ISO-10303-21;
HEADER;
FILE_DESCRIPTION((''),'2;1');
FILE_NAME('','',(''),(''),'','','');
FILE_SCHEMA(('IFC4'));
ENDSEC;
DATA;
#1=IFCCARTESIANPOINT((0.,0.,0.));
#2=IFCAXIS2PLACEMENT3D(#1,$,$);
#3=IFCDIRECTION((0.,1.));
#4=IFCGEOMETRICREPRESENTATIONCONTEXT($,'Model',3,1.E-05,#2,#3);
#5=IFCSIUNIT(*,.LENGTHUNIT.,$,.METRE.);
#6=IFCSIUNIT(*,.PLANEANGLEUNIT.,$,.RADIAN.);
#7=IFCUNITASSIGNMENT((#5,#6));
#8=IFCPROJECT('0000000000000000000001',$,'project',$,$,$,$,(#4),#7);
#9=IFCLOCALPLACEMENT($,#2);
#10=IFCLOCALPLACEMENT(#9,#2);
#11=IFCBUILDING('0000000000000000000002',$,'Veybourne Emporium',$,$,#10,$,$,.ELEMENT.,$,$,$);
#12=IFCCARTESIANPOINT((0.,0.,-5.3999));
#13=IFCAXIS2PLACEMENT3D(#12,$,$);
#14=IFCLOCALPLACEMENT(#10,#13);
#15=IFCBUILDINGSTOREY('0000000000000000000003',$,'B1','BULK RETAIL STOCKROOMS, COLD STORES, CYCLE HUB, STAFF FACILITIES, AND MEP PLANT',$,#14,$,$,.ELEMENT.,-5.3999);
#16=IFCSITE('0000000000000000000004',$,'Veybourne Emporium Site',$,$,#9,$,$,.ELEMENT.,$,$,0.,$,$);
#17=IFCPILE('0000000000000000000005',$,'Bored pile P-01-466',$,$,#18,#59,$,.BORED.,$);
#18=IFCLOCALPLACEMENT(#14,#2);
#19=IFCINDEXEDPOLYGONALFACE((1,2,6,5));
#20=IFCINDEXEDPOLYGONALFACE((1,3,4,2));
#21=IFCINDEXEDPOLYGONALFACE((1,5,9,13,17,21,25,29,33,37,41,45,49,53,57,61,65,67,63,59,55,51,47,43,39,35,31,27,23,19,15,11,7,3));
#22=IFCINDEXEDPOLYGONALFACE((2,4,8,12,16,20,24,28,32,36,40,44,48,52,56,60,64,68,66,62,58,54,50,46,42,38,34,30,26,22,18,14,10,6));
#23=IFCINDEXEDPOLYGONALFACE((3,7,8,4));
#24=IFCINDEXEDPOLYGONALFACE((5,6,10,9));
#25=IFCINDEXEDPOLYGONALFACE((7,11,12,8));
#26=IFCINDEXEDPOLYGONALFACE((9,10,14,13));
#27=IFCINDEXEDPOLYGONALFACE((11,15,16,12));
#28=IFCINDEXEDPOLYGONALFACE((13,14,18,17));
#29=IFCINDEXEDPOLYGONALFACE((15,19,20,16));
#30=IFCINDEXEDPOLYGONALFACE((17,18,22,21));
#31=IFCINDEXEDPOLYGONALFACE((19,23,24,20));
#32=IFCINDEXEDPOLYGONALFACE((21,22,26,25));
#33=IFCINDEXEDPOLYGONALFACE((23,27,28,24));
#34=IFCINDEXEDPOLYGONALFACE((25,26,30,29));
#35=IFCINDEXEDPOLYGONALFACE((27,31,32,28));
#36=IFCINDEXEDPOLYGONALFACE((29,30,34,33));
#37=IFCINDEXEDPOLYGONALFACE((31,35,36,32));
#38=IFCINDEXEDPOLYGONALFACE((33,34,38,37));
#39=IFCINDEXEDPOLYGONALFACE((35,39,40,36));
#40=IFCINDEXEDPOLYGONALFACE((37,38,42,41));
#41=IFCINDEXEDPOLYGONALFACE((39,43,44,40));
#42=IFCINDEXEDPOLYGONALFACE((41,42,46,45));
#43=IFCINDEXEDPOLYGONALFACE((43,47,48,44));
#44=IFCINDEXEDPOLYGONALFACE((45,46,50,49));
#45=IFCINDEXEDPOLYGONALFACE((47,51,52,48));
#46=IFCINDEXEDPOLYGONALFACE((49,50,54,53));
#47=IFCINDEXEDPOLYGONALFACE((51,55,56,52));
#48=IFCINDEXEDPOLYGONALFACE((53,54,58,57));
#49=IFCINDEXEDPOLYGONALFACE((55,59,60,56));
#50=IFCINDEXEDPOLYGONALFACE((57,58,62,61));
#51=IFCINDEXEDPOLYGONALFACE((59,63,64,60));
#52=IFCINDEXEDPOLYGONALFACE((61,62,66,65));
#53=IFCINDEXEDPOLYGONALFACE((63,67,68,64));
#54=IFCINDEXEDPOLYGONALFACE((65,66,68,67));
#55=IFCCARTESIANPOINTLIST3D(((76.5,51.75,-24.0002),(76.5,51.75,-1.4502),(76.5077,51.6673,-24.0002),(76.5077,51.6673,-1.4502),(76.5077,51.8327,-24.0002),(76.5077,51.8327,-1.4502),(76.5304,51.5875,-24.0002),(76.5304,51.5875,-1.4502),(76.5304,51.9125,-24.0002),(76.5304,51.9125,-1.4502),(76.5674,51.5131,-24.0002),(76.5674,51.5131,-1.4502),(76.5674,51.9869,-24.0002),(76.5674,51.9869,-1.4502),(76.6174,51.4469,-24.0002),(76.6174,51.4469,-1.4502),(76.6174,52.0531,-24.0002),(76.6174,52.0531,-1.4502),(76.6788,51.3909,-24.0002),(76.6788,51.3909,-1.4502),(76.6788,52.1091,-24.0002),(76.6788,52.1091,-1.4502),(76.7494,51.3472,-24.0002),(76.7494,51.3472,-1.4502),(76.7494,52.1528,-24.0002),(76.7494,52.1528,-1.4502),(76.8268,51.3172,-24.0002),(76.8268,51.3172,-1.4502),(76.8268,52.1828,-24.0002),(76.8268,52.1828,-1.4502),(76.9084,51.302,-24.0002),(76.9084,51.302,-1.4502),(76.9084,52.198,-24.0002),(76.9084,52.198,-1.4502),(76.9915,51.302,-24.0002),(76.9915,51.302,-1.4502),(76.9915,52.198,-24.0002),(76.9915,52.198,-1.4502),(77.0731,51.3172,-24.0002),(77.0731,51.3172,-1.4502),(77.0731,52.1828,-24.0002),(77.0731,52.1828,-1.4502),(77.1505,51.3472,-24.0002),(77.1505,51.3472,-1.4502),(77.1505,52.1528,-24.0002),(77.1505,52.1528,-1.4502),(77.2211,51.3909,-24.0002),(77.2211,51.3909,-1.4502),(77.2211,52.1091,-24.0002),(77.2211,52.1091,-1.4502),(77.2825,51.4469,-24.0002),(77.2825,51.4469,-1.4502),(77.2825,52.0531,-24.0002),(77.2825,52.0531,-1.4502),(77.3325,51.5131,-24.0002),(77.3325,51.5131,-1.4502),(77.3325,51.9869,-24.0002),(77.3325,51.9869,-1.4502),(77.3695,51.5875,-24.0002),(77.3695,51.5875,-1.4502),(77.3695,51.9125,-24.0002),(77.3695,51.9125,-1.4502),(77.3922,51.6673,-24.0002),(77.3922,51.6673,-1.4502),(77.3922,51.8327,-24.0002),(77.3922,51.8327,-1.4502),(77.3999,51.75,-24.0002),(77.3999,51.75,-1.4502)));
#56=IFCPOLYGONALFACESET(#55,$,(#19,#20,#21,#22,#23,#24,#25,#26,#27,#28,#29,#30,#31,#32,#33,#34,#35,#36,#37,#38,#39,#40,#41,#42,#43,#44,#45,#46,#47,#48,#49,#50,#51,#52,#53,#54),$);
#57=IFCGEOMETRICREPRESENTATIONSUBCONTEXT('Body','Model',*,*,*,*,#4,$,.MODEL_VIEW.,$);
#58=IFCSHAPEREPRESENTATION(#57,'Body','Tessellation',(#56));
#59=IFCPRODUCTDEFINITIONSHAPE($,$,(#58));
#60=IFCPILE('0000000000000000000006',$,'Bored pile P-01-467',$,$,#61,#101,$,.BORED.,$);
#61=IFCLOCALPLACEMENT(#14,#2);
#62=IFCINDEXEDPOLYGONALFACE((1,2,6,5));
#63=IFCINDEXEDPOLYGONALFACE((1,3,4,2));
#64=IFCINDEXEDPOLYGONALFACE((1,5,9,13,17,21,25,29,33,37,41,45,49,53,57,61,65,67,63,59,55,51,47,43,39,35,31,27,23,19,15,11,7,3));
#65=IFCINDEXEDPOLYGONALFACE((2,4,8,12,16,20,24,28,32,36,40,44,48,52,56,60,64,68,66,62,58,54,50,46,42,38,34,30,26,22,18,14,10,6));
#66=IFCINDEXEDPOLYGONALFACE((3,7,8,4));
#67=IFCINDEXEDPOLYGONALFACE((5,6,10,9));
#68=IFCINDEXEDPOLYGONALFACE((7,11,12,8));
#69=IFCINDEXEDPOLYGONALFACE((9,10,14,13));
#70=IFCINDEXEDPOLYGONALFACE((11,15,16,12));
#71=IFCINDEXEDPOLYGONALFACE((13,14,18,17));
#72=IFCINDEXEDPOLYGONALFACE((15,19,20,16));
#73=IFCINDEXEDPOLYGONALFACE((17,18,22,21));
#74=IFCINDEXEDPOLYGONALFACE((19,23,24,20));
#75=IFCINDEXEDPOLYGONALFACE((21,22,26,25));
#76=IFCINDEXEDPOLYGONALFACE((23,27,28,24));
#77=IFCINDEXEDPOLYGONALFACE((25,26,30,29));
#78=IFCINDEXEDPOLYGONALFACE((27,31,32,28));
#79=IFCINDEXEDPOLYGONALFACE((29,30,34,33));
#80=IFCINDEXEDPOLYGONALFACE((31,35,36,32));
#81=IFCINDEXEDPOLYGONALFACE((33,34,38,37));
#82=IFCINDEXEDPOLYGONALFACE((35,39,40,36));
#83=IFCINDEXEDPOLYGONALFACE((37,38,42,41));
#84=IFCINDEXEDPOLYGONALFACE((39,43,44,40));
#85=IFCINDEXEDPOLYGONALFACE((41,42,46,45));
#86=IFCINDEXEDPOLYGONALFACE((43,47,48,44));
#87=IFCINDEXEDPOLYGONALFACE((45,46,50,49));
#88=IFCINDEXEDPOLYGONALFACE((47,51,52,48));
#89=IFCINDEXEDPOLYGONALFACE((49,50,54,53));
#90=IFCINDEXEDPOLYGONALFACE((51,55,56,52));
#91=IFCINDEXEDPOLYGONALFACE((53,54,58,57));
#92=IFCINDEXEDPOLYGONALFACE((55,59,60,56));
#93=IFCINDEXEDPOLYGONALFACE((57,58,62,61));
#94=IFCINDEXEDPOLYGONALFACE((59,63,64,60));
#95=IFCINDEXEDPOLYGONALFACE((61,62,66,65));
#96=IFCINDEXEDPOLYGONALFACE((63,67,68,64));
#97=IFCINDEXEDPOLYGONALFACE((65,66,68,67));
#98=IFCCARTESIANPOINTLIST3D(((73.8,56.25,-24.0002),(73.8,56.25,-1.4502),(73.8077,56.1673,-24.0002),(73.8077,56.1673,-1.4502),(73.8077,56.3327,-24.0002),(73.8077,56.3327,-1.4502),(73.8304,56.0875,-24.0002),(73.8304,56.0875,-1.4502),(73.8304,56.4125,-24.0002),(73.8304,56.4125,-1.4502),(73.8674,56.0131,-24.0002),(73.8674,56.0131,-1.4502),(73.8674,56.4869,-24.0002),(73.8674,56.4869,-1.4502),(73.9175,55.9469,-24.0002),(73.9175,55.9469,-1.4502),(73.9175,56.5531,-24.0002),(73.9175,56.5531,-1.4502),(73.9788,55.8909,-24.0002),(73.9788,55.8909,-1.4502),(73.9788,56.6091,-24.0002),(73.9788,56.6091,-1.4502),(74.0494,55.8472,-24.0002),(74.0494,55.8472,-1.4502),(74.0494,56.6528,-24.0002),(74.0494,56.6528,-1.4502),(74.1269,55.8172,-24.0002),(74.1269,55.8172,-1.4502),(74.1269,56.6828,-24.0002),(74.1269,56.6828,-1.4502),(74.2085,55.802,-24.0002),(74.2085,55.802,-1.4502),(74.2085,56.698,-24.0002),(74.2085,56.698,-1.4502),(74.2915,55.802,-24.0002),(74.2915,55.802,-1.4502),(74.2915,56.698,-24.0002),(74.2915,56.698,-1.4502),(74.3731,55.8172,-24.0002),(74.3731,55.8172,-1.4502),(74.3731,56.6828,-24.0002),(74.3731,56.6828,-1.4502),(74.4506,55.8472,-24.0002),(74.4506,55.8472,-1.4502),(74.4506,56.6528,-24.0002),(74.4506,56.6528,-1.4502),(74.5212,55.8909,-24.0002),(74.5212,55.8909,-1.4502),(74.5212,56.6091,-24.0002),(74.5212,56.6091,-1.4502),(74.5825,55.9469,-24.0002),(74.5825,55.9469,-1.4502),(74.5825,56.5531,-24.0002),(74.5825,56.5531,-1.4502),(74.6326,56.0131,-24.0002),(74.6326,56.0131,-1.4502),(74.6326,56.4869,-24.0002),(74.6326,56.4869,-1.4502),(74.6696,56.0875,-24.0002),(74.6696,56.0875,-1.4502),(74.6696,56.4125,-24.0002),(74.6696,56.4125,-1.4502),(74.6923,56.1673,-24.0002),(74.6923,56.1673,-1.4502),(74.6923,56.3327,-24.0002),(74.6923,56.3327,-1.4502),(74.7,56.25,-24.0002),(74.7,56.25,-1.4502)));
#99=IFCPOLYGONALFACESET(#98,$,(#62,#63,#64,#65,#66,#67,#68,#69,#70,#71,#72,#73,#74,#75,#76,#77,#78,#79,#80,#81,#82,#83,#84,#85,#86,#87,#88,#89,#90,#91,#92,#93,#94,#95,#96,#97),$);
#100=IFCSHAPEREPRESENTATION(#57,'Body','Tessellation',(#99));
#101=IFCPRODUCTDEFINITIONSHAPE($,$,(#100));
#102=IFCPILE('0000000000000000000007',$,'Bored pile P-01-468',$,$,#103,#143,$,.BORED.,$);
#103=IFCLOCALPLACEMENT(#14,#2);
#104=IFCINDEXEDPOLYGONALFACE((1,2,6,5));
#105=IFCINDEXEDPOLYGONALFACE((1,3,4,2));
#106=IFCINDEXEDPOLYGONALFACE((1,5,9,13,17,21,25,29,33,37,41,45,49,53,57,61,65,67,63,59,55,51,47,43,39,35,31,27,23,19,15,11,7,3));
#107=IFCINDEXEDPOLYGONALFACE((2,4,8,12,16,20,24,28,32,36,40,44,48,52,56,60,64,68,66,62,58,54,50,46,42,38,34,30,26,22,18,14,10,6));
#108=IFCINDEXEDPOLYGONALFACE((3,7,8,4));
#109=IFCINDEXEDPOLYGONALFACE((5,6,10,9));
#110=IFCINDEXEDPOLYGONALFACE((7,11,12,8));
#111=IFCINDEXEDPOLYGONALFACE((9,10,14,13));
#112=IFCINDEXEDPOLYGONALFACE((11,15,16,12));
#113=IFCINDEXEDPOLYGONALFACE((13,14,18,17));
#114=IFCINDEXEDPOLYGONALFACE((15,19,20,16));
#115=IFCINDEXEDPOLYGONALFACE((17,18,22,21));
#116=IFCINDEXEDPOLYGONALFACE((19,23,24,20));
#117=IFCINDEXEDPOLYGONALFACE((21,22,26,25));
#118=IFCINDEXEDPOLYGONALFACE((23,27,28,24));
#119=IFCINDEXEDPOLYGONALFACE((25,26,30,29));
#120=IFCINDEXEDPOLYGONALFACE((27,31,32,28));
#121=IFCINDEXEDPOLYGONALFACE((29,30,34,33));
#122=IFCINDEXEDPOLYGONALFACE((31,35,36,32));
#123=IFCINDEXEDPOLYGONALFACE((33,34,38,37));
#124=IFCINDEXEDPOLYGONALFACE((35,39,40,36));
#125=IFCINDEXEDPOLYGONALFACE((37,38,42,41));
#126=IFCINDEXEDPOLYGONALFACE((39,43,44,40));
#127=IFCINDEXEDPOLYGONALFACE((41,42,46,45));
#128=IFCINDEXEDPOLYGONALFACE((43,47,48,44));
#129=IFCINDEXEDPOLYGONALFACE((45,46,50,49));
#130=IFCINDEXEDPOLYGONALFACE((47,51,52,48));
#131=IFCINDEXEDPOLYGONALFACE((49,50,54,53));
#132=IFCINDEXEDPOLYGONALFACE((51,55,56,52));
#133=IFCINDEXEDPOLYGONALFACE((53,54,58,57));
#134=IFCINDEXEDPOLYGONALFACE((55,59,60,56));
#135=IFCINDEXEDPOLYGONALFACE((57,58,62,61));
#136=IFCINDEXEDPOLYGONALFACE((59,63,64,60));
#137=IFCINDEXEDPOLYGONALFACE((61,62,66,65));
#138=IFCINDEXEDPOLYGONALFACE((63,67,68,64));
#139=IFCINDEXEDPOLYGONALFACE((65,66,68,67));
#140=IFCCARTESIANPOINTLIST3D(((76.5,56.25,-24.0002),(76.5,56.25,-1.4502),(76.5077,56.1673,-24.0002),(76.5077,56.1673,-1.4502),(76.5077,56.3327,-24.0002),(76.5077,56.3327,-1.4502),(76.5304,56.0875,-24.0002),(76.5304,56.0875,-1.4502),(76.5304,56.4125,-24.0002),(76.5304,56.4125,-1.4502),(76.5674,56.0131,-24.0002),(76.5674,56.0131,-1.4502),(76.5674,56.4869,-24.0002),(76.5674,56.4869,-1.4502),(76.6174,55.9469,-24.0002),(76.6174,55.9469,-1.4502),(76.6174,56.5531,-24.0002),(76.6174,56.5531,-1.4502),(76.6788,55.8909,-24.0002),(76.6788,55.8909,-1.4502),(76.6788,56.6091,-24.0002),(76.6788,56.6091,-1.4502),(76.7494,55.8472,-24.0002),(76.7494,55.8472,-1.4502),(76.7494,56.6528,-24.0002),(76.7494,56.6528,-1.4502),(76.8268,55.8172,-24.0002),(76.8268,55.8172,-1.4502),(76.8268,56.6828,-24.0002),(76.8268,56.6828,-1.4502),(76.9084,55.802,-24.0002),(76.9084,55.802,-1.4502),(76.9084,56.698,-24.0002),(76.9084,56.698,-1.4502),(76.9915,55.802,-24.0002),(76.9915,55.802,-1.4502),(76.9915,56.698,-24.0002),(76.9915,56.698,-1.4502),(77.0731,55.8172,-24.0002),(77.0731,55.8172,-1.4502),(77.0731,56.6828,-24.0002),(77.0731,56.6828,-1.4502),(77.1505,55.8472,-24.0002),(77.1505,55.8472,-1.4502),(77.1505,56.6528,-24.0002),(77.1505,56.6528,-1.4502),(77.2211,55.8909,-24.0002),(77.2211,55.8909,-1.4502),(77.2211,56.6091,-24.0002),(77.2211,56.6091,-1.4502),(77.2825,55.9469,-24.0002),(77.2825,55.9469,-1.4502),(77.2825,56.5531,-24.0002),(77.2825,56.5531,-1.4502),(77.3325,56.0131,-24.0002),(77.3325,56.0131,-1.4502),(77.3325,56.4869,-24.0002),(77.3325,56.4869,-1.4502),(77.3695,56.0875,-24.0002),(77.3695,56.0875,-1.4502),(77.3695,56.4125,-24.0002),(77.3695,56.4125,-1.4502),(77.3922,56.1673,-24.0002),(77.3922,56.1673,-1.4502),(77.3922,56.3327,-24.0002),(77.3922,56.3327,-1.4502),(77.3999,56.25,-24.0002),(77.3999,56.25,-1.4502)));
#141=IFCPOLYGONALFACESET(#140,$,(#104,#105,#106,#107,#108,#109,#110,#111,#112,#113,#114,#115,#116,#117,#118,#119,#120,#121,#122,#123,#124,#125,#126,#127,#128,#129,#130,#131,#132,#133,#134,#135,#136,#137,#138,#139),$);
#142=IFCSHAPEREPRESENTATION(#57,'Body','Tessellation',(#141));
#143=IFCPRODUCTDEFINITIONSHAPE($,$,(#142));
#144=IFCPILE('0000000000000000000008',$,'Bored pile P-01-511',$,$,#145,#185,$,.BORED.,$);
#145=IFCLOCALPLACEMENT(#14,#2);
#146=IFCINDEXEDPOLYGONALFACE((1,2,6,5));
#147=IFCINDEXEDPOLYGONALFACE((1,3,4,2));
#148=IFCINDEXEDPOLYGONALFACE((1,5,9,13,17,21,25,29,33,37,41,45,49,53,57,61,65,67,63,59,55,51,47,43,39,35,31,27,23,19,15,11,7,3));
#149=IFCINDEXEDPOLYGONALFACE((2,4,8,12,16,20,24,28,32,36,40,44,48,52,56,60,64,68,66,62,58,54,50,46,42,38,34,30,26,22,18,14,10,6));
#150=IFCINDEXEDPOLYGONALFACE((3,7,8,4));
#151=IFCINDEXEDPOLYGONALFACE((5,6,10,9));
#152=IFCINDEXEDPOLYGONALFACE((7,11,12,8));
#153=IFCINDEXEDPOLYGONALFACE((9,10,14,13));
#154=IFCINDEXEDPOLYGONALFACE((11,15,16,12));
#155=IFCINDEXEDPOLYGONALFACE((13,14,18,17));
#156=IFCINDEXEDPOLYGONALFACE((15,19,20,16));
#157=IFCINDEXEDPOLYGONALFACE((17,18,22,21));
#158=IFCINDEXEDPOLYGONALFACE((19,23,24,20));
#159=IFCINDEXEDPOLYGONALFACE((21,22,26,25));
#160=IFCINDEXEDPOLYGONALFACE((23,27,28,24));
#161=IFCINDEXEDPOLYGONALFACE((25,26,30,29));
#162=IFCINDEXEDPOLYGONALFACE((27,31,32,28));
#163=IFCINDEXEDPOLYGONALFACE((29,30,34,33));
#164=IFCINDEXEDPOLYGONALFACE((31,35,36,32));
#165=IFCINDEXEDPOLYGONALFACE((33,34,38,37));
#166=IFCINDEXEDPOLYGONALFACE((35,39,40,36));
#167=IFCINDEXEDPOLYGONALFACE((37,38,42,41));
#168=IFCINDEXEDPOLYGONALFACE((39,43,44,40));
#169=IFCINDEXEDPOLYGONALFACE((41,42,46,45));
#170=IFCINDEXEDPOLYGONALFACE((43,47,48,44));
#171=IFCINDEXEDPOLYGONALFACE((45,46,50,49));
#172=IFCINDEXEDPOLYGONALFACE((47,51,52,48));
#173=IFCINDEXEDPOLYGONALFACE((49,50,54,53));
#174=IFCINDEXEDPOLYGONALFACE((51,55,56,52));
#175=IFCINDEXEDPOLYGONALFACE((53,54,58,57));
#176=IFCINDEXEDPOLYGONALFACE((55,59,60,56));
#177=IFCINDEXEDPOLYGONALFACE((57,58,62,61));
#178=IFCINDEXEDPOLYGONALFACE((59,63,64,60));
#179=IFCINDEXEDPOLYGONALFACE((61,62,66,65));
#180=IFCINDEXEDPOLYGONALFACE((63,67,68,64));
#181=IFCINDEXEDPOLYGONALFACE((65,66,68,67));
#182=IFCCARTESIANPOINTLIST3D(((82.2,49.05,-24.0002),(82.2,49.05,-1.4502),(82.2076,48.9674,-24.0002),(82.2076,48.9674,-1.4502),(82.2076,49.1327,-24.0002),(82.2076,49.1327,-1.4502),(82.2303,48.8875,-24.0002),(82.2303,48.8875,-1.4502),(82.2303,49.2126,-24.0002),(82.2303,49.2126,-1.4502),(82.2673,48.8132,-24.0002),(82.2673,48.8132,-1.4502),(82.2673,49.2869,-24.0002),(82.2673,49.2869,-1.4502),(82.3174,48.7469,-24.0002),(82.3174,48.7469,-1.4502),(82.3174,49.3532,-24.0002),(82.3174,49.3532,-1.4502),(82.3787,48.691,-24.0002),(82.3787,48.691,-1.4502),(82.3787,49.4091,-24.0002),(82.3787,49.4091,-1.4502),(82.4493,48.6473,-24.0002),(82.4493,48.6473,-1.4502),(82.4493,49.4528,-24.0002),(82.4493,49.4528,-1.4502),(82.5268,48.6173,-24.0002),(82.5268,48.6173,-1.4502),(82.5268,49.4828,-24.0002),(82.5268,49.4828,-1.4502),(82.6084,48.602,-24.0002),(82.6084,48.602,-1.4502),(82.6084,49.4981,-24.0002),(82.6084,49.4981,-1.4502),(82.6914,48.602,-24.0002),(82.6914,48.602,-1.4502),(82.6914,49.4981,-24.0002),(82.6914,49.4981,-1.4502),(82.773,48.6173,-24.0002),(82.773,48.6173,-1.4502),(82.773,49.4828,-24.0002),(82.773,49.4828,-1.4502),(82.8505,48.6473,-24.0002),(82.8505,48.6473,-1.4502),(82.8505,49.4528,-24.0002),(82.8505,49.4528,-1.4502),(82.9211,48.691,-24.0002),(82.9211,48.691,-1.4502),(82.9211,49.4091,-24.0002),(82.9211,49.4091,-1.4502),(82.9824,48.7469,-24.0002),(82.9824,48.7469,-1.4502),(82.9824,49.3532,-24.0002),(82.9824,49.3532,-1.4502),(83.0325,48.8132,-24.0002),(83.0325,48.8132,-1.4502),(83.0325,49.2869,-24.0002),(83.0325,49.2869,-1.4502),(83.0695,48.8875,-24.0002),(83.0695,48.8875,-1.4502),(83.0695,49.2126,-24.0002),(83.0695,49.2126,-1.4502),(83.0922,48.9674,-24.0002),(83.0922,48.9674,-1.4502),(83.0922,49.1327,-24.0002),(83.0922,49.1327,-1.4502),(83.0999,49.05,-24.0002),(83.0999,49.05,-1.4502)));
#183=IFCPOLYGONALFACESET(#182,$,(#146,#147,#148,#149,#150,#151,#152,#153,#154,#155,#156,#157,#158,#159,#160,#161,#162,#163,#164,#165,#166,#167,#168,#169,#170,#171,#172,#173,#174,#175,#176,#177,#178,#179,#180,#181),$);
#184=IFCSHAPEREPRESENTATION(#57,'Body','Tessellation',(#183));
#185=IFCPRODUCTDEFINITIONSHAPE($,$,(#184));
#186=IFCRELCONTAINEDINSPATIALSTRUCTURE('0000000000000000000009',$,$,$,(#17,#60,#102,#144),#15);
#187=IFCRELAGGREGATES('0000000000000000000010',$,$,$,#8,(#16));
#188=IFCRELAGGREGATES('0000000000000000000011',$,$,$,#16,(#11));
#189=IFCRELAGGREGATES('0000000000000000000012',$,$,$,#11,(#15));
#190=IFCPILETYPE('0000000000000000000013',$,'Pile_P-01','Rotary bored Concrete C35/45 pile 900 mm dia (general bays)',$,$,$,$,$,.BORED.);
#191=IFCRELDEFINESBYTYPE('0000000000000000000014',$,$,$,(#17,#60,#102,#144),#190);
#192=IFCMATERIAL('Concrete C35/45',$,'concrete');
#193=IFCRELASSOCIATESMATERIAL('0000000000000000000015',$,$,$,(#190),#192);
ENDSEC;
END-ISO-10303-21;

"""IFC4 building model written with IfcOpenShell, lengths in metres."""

from ifc_helpers import new_model, si_unit, direction, frame, origin, origin_2d, place, context, subcontext, project, spatial, circle, extrude, material, material_profile, profile_set, type_object, element, save


model = new_model("IFC4")

# Units and contexts
model_context = context("Model", 3, precision=1e-05, world=origin(), true_north=direction((0.0, 1.0)))
body_context = subcontext(model_context, "Body", "Model", "MODEL_VIEW")
ifc_project = project(units=[si_unit("LENGTHUNIT", "METRE"), si_unit("PLANEANGLEUNIT", "RADIAN")], contexts=[model_context])

# Site, building, storey
site_placement = place(None, origin())
site = spatial("IfcSite", under=ifc_project, at=site_placement, Name="Veybourne Emporium Site", CompositionType="ELEMENT", RefElevation=0.0)
building_placement = place(site_placement, origin())
building = spatial("IfcBuilding", under=site, at=building_placement, Name="Veybourne Emporium", CompositionType="ELEMENT")
storey_placement = place(building_placement, frame((0.0, 0.0, -5.3999)))
storey = spatial("IfcBuildingStorey", under=building, at=storey_placement, Name="B1", Description="BULK RETAIL STOCKROOMS, COLD STORES, CYCLE HUB, STAFF FACILITIES, AND MEP PLANT", CompositionType="ELEMENT", Elevation=-5.3999)

# Shared definitions
ifc_material_1 = material(Name="Concrete C35/45", Category="concrete")

# Piles
ifc_material_profile_1 = material_profile(ifc_material_1, circle(Radius=0.45, at=origin_2d()), Name="BORED PILE 900")
ifc_profile_set_1 = profile_set([ifc_material_profile_1], Name="Concrete C35/45")
pile_type = type_object("IfcPileType", Name="Pile_P-01", Description="Rotary bored Concrete C35/45 pile 900 mm dia (general bays)", PredefinedType="BORED", material=ifc_profile_set_1)
for number, where, z_axis, x_axis, name in (
    (1, (76.95, 51.75, -1.4502), (0.0, 0.0, -1.0), (1.0, 0.0, 0.0), "Bored pile P-01-466"),
    (2, (74.25, 56.25, -1.4502), (0.0, 0.0, -1.0), (1.0, 0.0, 0.0), "Bored pile P-01-467"),
    (3, (76.95, 56.25, -1.4502), (0.0, 0.0, -1.0), (1.0, 0.0, 0.0), "Bored pile P-01-468"),
    (4, (82.6499, 49.05, -1.4502), (0.0, 0.0, -1.0), (1.0, 0.0, 0.0), "Bored pile P-01-511"),
):
    element("IfcPile", number, at=place(storey_placement, frame(where, z_axis=z_axis, x_axis=x_axis)), inside=storey, type_object=pile_type, Name=name, PredefinedType="BORED", context=body_context, shape_type="SweptSolid", body=[
        extrude(circle(Radius=0.45, at=origin_2d()), origin(), (0.0, 0.0, 1.0), 22.55),
    ])

save(model, "model.ifc")
